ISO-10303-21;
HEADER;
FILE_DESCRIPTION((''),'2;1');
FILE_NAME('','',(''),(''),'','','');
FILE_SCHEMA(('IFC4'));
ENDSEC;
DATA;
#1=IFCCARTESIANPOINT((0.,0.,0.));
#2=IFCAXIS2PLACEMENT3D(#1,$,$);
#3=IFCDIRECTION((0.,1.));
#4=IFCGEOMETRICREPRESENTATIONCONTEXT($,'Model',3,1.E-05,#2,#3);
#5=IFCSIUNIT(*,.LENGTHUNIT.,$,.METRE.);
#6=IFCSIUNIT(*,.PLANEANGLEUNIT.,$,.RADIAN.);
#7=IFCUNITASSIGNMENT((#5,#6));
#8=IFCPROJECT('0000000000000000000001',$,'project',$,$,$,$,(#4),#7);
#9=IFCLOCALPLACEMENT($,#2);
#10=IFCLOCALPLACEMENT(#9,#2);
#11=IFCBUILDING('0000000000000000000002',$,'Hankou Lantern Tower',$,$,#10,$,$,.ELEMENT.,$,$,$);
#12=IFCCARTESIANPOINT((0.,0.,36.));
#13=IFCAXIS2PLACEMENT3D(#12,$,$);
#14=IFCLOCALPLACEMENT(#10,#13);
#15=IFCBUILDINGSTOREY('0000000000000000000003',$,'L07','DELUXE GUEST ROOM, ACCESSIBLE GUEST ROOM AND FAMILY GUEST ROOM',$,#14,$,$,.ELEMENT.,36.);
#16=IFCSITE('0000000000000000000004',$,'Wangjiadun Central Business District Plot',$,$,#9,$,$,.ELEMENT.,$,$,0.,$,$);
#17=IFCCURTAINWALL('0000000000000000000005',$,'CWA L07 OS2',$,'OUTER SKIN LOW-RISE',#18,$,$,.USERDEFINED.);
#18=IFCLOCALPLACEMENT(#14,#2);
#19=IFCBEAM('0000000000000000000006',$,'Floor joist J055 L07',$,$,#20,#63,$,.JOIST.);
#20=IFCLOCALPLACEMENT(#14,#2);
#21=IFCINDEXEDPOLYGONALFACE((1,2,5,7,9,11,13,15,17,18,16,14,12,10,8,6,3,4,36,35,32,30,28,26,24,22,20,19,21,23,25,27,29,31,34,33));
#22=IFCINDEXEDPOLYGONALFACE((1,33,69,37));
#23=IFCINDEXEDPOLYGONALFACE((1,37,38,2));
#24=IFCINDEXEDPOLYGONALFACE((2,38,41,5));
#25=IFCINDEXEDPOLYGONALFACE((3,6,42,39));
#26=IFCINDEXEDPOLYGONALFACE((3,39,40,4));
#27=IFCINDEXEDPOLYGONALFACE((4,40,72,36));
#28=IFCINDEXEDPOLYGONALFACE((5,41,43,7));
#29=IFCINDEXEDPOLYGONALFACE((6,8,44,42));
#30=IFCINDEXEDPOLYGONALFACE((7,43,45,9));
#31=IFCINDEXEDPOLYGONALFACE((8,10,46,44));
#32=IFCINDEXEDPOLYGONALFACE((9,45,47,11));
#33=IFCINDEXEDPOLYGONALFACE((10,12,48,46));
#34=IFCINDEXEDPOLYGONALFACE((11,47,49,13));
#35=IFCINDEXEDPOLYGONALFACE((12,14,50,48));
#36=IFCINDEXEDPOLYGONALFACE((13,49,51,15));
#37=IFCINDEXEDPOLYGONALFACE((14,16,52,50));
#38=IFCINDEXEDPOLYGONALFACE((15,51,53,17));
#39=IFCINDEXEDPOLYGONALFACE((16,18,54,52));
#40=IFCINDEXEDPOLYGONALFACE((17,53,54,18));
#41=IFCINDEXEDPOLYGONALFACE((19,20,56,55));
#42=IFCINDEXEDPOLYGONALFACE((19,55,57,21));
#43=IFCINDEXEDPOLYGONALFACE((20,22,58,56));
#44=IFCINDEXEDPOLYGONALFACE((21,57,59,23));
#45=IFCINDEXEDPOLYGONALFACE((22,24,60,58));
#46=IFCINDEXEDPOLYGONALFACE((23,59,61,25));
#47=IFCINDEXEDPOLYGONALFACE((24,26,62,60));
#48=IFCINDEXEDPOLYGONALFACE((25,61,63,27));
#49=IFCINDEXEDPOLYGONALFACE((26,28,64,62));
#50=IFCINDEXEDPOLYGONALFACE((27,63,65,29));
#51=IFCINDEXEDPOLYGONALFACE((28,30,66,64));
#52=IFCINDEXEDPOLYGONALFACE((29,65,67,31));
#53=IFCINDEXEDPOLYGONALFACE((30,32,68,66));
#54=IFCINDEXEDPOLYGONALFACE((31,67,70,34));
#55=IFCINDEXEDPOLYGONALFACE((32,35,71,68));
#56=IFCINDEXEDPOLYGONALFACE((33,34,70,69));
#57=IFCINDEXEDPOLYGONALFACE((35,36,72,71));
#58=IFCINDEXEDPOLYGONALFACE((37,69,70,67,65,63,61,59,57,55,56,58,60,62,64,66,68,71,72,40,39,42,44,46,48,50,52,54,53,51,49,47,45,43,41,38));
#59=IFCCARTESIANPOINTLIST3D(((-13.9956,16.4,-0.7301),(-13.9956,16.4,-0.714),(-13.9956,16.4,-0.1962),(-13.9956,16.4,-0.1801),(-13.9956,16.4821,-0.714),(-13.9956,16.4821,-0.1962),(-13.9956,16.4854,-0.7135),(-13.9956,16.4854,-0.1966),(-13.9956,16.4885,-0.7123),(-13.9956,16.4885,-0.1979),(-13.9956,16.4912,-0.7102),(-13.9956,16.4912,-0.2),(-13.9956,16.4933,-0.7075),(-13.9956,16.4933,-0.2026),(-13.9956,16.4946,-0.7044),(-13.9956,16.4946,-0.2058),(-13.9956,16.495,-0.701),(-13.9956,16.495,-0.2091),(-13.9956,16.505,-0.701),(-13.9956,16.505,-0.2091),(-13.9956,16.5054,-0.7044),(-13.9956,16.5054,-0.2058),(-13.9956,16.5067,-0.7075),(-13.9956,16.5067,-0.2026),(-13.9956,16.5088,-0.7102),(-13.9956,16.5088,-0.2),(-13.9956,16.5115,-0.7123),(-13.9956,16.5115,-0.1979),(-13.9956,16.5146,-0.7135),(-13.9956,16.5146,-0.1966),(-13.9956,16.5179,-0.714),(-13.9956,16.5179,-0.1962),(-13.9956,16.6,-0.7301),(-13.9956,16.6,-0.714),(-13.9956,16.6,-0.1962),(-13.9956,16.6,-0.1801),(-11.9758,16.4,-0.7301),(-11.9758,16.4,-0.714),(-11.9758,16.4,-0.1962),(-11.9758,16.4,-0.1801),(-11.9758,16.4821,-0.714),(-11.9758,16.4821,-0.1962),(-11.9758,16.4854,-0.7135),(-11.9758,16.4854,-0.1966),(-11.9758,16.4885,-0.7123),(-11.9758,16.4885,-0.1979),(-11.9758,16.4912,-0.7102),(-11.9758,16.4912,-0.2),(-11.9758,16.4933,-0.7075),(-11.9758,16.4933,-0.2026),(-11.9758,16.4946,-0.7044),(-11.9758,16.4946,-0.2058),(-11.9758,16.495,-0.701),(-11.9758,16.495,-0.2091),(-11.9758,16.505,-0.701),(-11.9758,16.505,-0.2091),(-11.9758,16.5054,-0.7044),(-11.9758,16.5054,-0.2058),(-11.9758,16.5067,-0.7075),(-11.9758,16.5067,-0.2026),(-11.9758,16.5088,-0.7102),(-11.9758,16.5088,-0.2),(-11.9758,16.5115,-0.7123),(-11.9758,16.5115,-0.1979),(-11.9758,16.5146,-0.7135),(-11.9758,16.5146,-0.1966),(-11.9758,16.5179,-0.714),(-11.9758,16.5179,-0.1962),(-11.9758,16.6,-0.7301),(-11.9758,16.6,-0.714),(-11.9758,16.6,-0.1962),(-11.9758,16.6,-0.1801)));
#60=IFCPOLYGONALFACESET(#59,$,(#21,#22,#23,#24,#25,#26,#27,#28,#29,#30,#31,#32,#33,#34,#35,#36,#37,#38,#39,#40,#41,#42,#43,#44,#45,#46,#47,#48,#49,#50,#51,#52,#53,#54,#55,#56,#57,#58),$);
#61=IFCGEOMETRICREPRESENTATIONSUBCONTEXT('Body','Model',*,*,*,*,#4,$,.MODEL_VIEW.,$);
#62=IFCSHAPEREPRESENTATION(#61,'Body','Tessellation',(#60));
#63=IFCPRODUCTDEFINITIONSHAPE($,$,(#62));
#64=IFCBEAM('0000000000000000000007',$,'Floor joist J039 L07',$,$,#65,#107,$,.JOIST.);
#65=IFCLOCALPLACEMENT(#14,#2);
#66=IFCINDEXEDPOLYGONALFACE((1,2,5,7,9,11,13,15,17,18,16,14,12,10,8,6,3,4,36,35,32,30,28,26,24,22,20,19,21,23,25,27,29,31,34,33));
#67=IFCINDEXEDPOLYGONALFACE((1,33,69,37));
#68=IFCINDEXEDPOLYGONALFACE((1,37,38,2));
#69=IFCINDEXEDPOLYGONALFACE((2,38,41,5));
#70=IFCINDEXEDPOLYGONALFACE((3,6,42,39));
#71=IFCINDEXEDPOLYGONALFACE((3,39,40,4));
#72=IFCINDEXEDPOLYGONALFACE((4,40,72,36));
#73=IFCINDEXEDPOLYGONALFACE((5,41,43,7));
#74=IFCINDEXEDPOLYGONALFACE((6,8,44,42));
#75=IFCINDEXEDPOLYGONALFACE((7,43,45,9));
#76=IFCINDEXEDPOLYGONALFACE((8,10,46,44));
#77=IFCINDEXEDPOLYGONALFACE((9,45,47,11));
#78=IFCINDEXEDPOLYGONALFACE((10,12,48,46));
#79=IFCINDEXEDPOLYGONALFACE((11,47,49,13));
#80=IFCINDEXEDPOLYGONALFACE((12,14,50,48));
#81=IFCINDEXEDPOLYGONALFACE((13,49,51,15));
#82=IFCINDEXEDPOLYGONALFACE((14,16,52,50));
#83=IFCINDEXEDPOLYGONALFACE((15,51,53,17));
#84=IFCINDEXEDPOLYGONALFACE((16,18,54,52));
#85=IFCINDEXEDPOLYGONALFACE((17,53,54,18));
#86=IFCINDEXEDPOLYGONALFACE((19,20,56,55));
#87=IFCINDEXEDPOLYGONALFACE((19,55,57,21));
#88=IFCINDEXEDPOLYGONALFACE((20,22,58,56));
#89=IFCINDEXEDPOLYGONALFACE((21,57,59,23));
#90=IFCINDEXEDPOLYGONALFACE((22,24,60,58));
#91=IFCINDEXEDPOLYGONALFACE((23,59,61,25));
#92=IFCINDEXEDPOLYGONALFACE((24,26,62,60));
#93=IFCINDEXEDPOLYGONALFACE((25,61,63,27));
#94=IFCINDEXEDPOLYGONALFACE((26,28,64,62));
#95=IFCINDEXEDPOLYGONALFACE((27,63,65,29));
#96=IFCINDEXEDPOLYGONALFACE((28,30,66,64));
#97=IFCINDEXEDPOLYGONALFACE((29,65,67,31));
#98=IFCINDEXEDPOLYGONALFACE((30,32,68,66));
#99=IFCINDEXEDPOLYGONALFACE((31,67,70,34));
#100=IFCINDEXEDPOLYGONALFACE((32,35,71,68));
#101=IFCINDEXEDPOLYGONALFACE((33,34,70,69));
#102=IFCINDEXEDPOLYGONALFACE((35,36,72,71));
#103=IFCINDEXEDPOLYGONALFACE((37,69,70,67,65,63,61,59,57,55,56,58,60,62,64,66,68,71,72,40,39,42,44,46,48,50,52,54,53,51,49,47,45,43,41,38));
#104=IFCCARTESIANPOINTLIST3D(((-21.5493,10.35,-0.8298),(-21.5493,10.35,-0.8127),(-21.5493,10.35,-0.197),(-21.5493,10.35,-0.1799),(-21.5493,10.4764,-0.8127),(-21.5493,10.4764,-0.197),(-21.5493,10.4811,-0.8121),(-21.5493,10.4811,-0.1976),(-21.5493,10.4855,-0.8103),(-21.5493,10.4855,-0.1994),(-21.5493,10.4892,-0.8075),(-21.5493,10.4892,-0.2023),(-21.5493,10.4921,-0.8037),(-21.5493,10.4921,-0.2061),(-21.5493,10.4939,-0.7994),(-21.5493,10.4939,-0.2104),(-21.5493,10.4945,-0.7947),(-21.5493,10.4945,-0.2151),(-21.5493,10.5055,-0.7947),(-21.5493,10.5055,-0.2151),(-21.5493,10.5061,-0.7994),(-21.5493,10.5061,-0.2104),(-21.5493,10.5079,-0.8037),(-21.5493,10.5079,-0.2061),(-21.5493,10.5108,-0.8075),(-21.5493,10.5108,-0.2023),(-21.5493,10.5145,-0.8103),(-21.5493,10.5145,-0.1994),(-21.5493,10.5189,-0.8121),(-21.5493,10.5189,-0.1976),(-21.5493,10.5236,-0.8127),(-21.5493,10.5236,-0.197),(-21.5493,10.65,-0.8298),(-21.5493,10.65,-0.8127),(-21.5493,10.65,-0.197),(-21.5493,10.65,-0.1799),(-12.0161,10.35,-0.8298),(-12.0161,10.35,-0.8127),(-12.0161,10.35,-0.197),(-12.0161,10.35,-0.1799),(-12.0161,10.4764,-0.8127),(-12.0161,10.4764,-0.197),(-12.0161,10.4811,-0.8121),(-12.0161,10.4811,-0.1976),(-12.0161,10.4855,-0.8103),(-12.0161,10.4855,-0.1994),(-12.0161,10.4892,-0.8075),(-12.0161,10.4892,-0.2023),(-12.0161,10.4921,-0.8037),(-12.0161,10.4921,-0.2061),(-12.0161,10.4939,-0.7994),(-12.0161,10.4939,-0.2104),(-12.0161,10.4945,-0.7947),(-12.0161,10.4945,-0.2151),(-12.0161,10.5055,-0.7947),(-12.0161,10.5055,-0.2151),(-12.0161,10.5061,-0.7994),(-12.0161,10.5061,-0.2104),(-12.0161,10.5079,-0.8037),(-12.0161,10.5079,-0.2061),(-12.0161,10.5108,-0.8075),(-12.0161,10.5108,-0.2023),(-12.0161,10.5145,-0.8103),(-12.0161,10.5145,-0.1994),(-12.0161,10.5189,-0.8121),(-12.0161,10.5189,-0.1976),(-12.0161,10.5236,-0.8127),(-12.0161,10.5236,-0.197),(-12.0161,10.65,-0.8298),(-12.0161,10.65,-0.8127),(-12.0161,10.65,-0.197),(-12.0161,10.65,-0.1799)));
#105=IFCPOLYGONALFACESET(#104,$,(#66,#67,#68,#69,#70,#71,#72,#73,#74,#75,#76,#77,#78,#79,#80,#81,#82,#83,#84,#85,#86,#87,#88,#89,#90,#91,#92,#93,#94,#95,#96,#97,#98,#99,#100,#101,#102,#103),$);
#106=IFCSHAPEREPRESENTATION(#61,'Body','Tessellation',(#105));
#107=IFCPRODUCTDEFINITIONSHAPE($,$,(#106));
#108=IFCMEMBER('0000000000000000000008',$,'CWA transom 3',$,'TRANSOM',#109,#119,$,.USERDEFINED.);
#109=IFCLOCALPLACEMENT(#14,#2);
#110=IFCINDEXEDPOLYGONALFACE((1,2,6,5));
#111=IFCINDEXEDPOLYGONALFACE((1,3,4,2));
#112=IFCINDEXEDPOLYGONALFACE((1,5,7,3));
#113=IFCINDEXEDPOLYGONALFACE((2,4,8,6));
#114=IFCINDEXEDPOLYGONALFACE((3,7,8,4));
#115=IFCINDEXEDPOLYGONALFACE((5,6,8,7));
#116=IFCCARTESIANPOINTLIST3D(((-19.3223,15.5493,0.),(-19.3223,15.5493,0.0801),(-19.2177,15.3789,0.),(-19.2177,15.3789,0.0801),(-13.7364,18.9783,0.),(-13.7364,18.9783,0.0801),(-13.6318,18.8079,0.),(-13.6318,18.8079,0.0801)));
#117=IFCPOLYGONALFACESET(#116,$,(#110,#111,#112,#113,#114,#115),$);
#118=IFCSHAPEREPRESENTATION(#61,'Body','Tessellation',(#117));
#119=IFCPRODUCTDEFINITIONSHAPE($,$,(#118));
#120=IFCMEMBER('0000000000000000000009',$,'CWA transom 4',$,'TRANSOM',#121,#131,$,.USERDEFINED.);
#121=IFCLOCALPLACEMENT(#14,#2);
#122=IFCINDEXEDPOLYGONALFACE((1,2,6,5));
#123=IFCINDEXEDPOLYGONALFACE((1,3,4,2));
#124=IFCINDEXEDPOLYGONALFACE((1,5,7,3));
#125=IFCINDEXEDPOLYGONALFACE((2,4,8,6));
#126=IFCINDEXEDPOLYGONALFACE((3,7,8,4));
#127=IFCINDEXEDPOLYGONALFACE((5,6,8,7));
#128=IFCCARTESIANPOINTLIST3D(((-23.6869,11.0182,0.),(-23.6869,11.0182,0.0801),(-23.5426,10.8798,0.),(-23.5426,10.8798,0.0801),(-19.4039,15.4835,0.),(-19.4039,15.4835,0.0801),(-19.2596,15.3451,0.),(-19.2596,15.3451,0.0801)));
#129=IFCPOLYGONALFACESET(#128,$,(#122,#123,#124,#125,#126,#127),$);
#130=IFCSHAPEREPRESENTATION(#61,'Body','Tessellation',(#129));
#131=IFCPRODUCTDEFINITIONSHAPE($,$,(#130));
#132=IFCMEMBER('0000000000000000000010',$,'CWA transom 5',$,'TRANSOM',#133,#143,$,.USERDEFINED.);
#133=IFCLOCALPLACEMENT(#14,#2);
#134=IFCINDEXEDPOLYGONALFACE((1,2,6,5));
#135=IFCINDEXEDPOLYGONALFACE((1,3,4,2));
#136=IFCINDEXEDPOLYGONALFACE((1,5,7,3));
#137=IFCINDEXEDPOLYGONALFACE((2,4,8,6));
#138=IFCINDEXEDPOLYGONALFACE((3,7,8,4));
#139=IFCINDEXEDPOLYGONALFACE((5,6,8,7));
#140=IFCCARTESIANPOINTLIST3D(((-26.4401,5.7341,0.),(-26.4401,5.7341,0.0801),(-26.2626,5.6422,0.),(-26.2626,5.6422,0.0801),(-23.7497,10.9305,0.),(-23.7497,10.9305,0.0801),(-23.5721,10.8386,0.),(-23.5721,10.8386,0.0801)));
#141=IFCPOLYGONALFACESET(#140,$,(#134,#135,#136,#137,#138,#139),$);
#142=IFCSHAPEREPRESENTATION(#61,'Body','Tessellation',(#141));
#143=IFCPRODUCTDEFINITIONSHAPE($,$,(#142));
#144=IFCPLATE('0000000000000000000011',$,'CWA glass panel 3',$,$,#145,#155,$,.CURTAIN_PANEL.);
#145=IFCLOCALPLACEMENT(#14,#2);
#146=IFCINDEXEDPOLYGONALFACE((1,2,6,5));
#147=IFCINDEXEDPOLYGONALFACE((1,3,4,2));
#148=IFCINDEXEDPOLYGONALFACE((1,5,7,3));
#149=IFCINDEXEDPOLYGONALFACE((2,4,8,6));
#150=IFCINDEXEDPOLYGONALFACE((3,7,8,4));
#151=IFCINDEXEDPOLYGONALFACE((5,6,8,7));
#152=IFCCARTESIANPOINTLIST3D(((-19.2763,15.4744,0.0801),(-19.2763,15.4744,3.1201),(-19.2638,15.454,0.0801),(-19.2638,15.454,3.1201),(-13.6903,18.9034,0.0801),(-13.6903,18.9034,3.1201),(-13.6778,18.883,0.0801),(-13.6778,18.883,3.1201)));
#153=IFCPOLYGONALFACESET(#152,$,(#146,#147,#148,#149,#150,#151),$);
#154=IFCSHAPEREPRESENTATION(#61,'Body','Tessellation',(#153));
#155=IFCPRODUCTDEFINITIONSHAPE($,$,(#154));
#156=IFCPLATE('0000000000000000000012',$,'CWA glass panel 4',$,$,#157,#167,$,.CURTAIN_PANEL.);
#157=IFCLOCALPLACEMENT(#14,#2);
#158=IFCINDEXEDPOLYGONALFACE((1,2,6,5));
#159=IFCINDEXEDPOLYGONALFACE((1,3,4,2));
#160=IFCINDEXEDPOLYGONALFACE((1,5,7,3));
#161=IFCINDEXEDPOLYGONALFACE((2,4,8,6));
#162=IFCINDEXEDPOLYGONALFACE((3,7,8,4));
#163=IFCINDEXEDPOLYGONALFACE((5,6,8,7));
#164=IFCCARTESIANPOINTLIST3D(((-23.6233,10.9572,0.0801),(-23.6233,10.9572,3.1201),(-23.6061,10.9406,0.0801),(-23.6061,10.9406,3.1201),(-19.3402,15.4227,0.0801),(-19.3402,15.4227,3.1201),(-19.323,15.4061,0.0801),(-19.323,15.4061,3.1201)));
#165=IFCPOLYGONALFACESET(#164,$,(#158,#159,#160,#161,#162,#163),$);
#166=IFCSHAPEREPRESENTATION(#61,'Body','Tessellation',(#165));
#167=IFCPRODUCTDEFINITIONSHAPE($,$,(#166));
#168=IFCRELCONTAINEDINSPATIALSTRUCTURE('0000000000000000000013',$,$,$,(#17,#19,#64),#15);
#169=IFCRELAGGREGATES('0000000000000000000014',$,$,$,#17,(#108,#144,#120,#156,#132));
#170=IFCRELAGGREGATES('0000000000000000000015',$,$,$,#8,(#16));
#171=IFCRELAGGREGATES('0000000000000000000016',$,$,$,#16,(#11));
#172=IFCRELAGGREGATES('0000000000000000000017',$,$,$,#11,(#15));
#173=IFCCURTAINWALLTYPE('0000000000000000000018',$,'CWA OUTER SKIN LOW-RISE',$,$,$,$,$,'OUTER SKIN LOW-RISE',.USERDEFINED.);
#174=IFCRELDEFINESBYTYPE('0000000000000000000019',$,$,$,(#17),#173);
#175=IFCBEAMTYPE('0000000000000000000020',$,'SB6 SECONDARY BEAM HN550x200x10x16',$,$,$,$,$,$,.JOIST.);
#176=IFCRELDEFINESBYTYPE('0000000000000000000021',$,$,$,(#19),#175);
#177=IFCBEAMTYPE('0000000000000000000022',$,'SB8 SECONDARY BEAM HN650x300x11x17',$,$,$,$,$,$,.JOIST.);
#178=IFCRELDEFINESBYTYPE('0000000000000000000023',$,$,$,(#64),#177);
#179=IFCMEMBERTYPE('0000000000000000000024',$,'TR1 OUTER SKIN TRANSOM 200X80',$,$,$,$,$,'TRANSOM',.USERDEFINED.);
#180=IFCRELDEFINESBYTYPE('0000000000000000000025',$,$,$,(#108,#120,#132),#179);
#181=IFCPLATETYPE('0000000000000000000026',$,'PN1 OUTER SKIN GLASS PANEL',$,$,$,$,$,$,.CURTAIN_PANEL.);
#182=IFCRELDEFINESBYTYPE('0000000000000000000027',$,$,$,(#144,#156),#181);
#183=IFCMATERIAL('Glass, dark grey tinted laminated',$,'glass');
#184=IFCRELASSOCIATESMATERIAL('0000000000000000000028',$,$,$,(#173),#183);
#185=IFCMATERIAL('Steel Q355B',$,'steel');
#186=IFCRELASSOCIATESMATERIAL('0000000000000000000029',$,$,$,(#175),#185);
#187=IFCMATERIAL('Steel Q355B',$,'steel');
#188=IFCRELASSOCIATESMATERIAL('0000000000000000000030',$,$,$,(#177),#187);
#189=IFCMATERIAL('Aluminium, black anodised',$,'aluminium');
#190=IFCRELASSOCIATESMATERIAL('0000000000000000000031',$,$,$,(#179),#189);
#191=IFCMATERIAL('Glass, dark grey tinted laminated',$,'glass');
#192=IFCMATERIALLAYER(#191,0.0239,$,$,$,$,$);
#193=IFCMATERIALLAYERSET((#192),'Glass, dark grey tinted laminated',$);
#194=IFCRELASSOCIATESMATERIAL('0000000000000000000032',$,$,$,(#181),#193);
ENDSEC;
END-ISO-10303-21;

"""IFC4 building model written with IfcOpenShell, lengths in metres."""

from ifc_helpers import new_model, si_unit, direction, frame, origin, origin_2d, place, context, subcontext, project, spatial, rectangle, i_section, extrude, material, layer, layer_set, material_profile, profile_set, type_object, element, aggregate, save


model = new_model("IFC4")

# Units and contexts
model_context = context("Model", 3, precision=1e-05, world=origin(), true_north=direction((0.0, 1.0)))
body_context = subcontext(model_context, "Body", "Model", "MODEL_VIEW")
ifc_project = project(units=[si_unit("LENGTHUNIT", "METRE"), si_unit("PLANEANGLEUNIT", "RADIAN")], contexts=[model_context])

# Site, building, storey
site_placement = place(None, origin())
site = spatial("IfcSite", under=ifc_project, at=site_placement, Name="Wangjiadun Central Business District Plot", CompositionType="ELEMENT", RefElevation=0.0)
building_placement = place(site_placement, origin())
building = spatial("IfcBuilding", under=site, at=building_placement, Name="Hankou Lantern Tower", CompositionType="ELEMENT")
storey_placement = place(building_placement, frame((0.0, 0.0, 36.0)))
storey = spatial("IfcBuildingStorey", under=building, at=storey_placement, Name="L07", Description="DELUXE GUEST ROOM, ACCESSIBLE GUEST ROOM AND FAMILY GUEST ROOM", CompositionType="ELEMENT", Elevation=36.0)

# Curtain wall
ifc_material_1 = material(Name="Glass, dark grey tinted laminated", Category="glass")
curtain_wall_type = type_object("IfcCurtainWallType", Name="CWA OUTER SKIN LOW-RISE", ElementType="OUTER SKIN LOW-RISE", PredefinedType="USERDEFINED", material=ifc_material_1)
curtain_wall_placement = place(storey_placement, origin())
curtain_wall = element("IfcCurtainWall", 1, at=curtain_wall_placement, inside=storey, type_object=curtain_wall_type, Name="CWA L07 OS2", ObjectType="OUTER SKIN LOW-RISE", PredefinedType="USERDEFINED")

# Beams
ifc_material_2 = material(Name="Steel Q355B", Category="steel")
ifc_material_profile_1 = material_profile(ifc_material_2, i_section(OverallWidth=0.2, OverallDepth=0.55, WebThickness=0.01, FlangeThickness=0.0161, FilletRadius=0.0129, at=origin_2d()), Name="HN550x200x10x16")
ifc_profile_set_1 = profile_set([ifc_material_profile_1], Name="Steel Q355B")
beam_type_1 = type_object("IfcBeamType", Name="SB6 SECONDARY BEAM HN550x200x10x16", PredefinedType="JOIST", material=ifc_profile_set_1)
beam_1_placement = place(storey_placement, frame((-13.9956, 16.5, -0.4551), z_axis=(1.0, 0.0, 0.0), x_axis=(0.0, 1.0, 0.0)))
element("IfcBeam", 2, at=beam_1_placement, inside=storey, type_object=beam_type_1, Name="Floor joist J055 L07", PredefinedType="JOIST", context=body_context, shape_type="SweptSolid", body=[
    extrude(i_section(OverallWidth=0.2, OverallDepth=0.55, WebThickness=0.01, FlangeThickness=0.0161, FilletRadius=0.0129, at=origin_2d()), origin(), (0.0, 0.0, 1.0), 2.0198),
])
ifc_material_3 = material(Name="Steel Q355B", Category="steel")
ifc_material_profile_2 = material_profile(ifc_material_3, i_section(OverallWidth=0.3, OverallDepth=0.6499, WebThickness=0.011, FlangeThickness=0.0171, FilletRadius=0.0181, at=origin_2d()), Name="HN650x300x11x17")
ifc_profile_set_2 = profile_set([ifc_material_profile_2], Name="Steel Q355B")
beam_type_2 = type_object("IfcBeamType", Name="SB8 SECONDARY BEAM HN650x300x11x17", PredefinedType="JOIST", material=ifc_profile_set_2)
beam_2_placement = place(storey_placement, frame((-21.5493, 10.5, -0.5049), z_axis=(1.0, 0.0, 0.0), x_axis=(0.0, 1.0, 0.0)))
element("IfcBeam", 3, at=beam_2_placement, inside=storey, type_object=beam_type_2, Name="Floor joist J039 L07", PredefinedType="JOIST", context=body_context, shape_type="SweptSolid", body=[
    extrude(i_section(OverallWidth=0.3, OverallDepth=0.6499, WebThickness=0.011, FlangeThickness=0.0171, FilletRadius=0.0181, at=origin_2d()), origin(), (0.0, 0.0, 1.0), 9.5332),
])

# Members
ifc_material_4 = material(Name="Aluminium, black anodised", Category="aluminium")
ifc_material_profile_3 = material_profile(ifc_material_4, rectangle(XDim=0.2, YDim=0.0801, at=origin_2d()), Name="TR1 200X80")
ifc_profile_set_3 = profile_set([ifc_material_profile_3], Name="Aluminium, black anodised")
member_type_1 = type_object("IfcMemberType", Name="TR1 OUTER SKIN TRANSOM 200X80", ElementType="TRANSOM", PredefinedType="USERDEFINED", material=ifc_profile_set_3)
member_1_placement = place(storey_placement, frame((-13.6841, 18.8931, 0.04), z_axis=(-0.85224, -0.523152, 0.0), x_axis=(0.523152, -0.85224, 0.0)))
member_1 = element("IfcMember", 4, at=member_1_placement, type_object=member_type_1, Name="CWA transom 3", ObjectType="TRANSOM", PredefinedType="USERDEFINED", context=body_context, shape_type="SweptSolid", body=[
    extrude(rectangle(XDim=0.2, YDim=0.0801, at=origin_2d()), origin(), (0.0, 0.0, 1.0), 6.5544),
])
member_2_placement = place(storey_placement, frame((-19.3318, 15.4143, 0.04), z_axis=(-0.692216, -0.721691, 0.0), x_axis=(0.721691, -0.692216, 0.0)))
member_2 = element("IfcMember", 5, at=member_2_placement, type_object=member_type_1, Name="CWA transom 4", ObjectType="TRANSOM", PredefinedType="USERDEFINED", context=body_context, shape_type="SweptSolid", body=[
    extrude(rectangle(XDim=0.2, YDim=0.0801, at=origin_2d()), origin(), (0.0, 0.0, 1.0), 6.1873),
])
member_3_placement = place(storey_placement, frame((-23.6609, 10.8845, 0.04), z_axis=(-0.459786, -0.88803, 0.0), x_axis=(0.88803, -0.459786, 0.0)))
member_3 = element("IfcMember", 6, at=member_3_placement, type_object=member_type_1, Name="CWA transom 5", ObjectType="TRANSOM", PredefinedType="USERDEFINED", context=body_context, shape_type="SweptSolid", body=[
    extrude(rectangle(XDim=0.2, YDim=0.0801, at=origin_2d()), origin(), (0.0, 0.0, 1.0), 5.8516),
])

# Plates
ifc_material_5 = material(Name="Glass, dark grey tinted laminated", Category="glass")
ifc_layer_1 = layer(ifc_material_5, 0.0239)
ifc_layer_set_1 = layer_set([ifc_layer_1], Name="Glass, dark grey tinted laminated")
plate_type = type_object("IfcPlateType", Name="PN1 OUTER SKIN GLASS PANEL", PredefinedType="CURTAIN_PANEL", material=ifc_layer_set_1)
plate_1_placement = place(storey_placement, frame((-16.4771, 17.1787, 0.0801), z_axis=(0.0, 0.0, 1.0), x_axis=(-0.852237, -0.523156, 0.0)))
plate_1 = element("IfcPlate", 7, at=plate_1_placement, type_object=plate_type, Name="CWA glass panel 3", PredefinedType="CURTAIN_PANEL", context=body_context, shape_type="SweptSolid", body=[
    extrude(rectangle(XDim=6.5544, YDim=0.0239, at=origin_2d()), origin(), (0.0, 0.0, 1.0), 3.04),
])
plate_2_placement = place(storey_placement, frame((-21.4731, 13.1816, 0.0801), z_axis=(0.0, 0.0, 1.0), x_axis=(-0.692216, -0.721691, 0.0)))
plate_2 = element("IfcPlate", 8, at=plate_2_placement, type_object=plate_type, Name="CWA glass panel 4", PredefinedType="CURTAIN_PANEL", context=body_context, shape_type="SweptSolid", body=[
    extrude(rectangle(XDim=6.1875, YDim=0.0239, at=origin_2d()), origin(), (0.0, 0.0, 1.0), 3.04),
])
aggregate(curtain_wall, [member_1, plate_1, member_2, plate_2, member_3])

save(model, "model.ifc")
